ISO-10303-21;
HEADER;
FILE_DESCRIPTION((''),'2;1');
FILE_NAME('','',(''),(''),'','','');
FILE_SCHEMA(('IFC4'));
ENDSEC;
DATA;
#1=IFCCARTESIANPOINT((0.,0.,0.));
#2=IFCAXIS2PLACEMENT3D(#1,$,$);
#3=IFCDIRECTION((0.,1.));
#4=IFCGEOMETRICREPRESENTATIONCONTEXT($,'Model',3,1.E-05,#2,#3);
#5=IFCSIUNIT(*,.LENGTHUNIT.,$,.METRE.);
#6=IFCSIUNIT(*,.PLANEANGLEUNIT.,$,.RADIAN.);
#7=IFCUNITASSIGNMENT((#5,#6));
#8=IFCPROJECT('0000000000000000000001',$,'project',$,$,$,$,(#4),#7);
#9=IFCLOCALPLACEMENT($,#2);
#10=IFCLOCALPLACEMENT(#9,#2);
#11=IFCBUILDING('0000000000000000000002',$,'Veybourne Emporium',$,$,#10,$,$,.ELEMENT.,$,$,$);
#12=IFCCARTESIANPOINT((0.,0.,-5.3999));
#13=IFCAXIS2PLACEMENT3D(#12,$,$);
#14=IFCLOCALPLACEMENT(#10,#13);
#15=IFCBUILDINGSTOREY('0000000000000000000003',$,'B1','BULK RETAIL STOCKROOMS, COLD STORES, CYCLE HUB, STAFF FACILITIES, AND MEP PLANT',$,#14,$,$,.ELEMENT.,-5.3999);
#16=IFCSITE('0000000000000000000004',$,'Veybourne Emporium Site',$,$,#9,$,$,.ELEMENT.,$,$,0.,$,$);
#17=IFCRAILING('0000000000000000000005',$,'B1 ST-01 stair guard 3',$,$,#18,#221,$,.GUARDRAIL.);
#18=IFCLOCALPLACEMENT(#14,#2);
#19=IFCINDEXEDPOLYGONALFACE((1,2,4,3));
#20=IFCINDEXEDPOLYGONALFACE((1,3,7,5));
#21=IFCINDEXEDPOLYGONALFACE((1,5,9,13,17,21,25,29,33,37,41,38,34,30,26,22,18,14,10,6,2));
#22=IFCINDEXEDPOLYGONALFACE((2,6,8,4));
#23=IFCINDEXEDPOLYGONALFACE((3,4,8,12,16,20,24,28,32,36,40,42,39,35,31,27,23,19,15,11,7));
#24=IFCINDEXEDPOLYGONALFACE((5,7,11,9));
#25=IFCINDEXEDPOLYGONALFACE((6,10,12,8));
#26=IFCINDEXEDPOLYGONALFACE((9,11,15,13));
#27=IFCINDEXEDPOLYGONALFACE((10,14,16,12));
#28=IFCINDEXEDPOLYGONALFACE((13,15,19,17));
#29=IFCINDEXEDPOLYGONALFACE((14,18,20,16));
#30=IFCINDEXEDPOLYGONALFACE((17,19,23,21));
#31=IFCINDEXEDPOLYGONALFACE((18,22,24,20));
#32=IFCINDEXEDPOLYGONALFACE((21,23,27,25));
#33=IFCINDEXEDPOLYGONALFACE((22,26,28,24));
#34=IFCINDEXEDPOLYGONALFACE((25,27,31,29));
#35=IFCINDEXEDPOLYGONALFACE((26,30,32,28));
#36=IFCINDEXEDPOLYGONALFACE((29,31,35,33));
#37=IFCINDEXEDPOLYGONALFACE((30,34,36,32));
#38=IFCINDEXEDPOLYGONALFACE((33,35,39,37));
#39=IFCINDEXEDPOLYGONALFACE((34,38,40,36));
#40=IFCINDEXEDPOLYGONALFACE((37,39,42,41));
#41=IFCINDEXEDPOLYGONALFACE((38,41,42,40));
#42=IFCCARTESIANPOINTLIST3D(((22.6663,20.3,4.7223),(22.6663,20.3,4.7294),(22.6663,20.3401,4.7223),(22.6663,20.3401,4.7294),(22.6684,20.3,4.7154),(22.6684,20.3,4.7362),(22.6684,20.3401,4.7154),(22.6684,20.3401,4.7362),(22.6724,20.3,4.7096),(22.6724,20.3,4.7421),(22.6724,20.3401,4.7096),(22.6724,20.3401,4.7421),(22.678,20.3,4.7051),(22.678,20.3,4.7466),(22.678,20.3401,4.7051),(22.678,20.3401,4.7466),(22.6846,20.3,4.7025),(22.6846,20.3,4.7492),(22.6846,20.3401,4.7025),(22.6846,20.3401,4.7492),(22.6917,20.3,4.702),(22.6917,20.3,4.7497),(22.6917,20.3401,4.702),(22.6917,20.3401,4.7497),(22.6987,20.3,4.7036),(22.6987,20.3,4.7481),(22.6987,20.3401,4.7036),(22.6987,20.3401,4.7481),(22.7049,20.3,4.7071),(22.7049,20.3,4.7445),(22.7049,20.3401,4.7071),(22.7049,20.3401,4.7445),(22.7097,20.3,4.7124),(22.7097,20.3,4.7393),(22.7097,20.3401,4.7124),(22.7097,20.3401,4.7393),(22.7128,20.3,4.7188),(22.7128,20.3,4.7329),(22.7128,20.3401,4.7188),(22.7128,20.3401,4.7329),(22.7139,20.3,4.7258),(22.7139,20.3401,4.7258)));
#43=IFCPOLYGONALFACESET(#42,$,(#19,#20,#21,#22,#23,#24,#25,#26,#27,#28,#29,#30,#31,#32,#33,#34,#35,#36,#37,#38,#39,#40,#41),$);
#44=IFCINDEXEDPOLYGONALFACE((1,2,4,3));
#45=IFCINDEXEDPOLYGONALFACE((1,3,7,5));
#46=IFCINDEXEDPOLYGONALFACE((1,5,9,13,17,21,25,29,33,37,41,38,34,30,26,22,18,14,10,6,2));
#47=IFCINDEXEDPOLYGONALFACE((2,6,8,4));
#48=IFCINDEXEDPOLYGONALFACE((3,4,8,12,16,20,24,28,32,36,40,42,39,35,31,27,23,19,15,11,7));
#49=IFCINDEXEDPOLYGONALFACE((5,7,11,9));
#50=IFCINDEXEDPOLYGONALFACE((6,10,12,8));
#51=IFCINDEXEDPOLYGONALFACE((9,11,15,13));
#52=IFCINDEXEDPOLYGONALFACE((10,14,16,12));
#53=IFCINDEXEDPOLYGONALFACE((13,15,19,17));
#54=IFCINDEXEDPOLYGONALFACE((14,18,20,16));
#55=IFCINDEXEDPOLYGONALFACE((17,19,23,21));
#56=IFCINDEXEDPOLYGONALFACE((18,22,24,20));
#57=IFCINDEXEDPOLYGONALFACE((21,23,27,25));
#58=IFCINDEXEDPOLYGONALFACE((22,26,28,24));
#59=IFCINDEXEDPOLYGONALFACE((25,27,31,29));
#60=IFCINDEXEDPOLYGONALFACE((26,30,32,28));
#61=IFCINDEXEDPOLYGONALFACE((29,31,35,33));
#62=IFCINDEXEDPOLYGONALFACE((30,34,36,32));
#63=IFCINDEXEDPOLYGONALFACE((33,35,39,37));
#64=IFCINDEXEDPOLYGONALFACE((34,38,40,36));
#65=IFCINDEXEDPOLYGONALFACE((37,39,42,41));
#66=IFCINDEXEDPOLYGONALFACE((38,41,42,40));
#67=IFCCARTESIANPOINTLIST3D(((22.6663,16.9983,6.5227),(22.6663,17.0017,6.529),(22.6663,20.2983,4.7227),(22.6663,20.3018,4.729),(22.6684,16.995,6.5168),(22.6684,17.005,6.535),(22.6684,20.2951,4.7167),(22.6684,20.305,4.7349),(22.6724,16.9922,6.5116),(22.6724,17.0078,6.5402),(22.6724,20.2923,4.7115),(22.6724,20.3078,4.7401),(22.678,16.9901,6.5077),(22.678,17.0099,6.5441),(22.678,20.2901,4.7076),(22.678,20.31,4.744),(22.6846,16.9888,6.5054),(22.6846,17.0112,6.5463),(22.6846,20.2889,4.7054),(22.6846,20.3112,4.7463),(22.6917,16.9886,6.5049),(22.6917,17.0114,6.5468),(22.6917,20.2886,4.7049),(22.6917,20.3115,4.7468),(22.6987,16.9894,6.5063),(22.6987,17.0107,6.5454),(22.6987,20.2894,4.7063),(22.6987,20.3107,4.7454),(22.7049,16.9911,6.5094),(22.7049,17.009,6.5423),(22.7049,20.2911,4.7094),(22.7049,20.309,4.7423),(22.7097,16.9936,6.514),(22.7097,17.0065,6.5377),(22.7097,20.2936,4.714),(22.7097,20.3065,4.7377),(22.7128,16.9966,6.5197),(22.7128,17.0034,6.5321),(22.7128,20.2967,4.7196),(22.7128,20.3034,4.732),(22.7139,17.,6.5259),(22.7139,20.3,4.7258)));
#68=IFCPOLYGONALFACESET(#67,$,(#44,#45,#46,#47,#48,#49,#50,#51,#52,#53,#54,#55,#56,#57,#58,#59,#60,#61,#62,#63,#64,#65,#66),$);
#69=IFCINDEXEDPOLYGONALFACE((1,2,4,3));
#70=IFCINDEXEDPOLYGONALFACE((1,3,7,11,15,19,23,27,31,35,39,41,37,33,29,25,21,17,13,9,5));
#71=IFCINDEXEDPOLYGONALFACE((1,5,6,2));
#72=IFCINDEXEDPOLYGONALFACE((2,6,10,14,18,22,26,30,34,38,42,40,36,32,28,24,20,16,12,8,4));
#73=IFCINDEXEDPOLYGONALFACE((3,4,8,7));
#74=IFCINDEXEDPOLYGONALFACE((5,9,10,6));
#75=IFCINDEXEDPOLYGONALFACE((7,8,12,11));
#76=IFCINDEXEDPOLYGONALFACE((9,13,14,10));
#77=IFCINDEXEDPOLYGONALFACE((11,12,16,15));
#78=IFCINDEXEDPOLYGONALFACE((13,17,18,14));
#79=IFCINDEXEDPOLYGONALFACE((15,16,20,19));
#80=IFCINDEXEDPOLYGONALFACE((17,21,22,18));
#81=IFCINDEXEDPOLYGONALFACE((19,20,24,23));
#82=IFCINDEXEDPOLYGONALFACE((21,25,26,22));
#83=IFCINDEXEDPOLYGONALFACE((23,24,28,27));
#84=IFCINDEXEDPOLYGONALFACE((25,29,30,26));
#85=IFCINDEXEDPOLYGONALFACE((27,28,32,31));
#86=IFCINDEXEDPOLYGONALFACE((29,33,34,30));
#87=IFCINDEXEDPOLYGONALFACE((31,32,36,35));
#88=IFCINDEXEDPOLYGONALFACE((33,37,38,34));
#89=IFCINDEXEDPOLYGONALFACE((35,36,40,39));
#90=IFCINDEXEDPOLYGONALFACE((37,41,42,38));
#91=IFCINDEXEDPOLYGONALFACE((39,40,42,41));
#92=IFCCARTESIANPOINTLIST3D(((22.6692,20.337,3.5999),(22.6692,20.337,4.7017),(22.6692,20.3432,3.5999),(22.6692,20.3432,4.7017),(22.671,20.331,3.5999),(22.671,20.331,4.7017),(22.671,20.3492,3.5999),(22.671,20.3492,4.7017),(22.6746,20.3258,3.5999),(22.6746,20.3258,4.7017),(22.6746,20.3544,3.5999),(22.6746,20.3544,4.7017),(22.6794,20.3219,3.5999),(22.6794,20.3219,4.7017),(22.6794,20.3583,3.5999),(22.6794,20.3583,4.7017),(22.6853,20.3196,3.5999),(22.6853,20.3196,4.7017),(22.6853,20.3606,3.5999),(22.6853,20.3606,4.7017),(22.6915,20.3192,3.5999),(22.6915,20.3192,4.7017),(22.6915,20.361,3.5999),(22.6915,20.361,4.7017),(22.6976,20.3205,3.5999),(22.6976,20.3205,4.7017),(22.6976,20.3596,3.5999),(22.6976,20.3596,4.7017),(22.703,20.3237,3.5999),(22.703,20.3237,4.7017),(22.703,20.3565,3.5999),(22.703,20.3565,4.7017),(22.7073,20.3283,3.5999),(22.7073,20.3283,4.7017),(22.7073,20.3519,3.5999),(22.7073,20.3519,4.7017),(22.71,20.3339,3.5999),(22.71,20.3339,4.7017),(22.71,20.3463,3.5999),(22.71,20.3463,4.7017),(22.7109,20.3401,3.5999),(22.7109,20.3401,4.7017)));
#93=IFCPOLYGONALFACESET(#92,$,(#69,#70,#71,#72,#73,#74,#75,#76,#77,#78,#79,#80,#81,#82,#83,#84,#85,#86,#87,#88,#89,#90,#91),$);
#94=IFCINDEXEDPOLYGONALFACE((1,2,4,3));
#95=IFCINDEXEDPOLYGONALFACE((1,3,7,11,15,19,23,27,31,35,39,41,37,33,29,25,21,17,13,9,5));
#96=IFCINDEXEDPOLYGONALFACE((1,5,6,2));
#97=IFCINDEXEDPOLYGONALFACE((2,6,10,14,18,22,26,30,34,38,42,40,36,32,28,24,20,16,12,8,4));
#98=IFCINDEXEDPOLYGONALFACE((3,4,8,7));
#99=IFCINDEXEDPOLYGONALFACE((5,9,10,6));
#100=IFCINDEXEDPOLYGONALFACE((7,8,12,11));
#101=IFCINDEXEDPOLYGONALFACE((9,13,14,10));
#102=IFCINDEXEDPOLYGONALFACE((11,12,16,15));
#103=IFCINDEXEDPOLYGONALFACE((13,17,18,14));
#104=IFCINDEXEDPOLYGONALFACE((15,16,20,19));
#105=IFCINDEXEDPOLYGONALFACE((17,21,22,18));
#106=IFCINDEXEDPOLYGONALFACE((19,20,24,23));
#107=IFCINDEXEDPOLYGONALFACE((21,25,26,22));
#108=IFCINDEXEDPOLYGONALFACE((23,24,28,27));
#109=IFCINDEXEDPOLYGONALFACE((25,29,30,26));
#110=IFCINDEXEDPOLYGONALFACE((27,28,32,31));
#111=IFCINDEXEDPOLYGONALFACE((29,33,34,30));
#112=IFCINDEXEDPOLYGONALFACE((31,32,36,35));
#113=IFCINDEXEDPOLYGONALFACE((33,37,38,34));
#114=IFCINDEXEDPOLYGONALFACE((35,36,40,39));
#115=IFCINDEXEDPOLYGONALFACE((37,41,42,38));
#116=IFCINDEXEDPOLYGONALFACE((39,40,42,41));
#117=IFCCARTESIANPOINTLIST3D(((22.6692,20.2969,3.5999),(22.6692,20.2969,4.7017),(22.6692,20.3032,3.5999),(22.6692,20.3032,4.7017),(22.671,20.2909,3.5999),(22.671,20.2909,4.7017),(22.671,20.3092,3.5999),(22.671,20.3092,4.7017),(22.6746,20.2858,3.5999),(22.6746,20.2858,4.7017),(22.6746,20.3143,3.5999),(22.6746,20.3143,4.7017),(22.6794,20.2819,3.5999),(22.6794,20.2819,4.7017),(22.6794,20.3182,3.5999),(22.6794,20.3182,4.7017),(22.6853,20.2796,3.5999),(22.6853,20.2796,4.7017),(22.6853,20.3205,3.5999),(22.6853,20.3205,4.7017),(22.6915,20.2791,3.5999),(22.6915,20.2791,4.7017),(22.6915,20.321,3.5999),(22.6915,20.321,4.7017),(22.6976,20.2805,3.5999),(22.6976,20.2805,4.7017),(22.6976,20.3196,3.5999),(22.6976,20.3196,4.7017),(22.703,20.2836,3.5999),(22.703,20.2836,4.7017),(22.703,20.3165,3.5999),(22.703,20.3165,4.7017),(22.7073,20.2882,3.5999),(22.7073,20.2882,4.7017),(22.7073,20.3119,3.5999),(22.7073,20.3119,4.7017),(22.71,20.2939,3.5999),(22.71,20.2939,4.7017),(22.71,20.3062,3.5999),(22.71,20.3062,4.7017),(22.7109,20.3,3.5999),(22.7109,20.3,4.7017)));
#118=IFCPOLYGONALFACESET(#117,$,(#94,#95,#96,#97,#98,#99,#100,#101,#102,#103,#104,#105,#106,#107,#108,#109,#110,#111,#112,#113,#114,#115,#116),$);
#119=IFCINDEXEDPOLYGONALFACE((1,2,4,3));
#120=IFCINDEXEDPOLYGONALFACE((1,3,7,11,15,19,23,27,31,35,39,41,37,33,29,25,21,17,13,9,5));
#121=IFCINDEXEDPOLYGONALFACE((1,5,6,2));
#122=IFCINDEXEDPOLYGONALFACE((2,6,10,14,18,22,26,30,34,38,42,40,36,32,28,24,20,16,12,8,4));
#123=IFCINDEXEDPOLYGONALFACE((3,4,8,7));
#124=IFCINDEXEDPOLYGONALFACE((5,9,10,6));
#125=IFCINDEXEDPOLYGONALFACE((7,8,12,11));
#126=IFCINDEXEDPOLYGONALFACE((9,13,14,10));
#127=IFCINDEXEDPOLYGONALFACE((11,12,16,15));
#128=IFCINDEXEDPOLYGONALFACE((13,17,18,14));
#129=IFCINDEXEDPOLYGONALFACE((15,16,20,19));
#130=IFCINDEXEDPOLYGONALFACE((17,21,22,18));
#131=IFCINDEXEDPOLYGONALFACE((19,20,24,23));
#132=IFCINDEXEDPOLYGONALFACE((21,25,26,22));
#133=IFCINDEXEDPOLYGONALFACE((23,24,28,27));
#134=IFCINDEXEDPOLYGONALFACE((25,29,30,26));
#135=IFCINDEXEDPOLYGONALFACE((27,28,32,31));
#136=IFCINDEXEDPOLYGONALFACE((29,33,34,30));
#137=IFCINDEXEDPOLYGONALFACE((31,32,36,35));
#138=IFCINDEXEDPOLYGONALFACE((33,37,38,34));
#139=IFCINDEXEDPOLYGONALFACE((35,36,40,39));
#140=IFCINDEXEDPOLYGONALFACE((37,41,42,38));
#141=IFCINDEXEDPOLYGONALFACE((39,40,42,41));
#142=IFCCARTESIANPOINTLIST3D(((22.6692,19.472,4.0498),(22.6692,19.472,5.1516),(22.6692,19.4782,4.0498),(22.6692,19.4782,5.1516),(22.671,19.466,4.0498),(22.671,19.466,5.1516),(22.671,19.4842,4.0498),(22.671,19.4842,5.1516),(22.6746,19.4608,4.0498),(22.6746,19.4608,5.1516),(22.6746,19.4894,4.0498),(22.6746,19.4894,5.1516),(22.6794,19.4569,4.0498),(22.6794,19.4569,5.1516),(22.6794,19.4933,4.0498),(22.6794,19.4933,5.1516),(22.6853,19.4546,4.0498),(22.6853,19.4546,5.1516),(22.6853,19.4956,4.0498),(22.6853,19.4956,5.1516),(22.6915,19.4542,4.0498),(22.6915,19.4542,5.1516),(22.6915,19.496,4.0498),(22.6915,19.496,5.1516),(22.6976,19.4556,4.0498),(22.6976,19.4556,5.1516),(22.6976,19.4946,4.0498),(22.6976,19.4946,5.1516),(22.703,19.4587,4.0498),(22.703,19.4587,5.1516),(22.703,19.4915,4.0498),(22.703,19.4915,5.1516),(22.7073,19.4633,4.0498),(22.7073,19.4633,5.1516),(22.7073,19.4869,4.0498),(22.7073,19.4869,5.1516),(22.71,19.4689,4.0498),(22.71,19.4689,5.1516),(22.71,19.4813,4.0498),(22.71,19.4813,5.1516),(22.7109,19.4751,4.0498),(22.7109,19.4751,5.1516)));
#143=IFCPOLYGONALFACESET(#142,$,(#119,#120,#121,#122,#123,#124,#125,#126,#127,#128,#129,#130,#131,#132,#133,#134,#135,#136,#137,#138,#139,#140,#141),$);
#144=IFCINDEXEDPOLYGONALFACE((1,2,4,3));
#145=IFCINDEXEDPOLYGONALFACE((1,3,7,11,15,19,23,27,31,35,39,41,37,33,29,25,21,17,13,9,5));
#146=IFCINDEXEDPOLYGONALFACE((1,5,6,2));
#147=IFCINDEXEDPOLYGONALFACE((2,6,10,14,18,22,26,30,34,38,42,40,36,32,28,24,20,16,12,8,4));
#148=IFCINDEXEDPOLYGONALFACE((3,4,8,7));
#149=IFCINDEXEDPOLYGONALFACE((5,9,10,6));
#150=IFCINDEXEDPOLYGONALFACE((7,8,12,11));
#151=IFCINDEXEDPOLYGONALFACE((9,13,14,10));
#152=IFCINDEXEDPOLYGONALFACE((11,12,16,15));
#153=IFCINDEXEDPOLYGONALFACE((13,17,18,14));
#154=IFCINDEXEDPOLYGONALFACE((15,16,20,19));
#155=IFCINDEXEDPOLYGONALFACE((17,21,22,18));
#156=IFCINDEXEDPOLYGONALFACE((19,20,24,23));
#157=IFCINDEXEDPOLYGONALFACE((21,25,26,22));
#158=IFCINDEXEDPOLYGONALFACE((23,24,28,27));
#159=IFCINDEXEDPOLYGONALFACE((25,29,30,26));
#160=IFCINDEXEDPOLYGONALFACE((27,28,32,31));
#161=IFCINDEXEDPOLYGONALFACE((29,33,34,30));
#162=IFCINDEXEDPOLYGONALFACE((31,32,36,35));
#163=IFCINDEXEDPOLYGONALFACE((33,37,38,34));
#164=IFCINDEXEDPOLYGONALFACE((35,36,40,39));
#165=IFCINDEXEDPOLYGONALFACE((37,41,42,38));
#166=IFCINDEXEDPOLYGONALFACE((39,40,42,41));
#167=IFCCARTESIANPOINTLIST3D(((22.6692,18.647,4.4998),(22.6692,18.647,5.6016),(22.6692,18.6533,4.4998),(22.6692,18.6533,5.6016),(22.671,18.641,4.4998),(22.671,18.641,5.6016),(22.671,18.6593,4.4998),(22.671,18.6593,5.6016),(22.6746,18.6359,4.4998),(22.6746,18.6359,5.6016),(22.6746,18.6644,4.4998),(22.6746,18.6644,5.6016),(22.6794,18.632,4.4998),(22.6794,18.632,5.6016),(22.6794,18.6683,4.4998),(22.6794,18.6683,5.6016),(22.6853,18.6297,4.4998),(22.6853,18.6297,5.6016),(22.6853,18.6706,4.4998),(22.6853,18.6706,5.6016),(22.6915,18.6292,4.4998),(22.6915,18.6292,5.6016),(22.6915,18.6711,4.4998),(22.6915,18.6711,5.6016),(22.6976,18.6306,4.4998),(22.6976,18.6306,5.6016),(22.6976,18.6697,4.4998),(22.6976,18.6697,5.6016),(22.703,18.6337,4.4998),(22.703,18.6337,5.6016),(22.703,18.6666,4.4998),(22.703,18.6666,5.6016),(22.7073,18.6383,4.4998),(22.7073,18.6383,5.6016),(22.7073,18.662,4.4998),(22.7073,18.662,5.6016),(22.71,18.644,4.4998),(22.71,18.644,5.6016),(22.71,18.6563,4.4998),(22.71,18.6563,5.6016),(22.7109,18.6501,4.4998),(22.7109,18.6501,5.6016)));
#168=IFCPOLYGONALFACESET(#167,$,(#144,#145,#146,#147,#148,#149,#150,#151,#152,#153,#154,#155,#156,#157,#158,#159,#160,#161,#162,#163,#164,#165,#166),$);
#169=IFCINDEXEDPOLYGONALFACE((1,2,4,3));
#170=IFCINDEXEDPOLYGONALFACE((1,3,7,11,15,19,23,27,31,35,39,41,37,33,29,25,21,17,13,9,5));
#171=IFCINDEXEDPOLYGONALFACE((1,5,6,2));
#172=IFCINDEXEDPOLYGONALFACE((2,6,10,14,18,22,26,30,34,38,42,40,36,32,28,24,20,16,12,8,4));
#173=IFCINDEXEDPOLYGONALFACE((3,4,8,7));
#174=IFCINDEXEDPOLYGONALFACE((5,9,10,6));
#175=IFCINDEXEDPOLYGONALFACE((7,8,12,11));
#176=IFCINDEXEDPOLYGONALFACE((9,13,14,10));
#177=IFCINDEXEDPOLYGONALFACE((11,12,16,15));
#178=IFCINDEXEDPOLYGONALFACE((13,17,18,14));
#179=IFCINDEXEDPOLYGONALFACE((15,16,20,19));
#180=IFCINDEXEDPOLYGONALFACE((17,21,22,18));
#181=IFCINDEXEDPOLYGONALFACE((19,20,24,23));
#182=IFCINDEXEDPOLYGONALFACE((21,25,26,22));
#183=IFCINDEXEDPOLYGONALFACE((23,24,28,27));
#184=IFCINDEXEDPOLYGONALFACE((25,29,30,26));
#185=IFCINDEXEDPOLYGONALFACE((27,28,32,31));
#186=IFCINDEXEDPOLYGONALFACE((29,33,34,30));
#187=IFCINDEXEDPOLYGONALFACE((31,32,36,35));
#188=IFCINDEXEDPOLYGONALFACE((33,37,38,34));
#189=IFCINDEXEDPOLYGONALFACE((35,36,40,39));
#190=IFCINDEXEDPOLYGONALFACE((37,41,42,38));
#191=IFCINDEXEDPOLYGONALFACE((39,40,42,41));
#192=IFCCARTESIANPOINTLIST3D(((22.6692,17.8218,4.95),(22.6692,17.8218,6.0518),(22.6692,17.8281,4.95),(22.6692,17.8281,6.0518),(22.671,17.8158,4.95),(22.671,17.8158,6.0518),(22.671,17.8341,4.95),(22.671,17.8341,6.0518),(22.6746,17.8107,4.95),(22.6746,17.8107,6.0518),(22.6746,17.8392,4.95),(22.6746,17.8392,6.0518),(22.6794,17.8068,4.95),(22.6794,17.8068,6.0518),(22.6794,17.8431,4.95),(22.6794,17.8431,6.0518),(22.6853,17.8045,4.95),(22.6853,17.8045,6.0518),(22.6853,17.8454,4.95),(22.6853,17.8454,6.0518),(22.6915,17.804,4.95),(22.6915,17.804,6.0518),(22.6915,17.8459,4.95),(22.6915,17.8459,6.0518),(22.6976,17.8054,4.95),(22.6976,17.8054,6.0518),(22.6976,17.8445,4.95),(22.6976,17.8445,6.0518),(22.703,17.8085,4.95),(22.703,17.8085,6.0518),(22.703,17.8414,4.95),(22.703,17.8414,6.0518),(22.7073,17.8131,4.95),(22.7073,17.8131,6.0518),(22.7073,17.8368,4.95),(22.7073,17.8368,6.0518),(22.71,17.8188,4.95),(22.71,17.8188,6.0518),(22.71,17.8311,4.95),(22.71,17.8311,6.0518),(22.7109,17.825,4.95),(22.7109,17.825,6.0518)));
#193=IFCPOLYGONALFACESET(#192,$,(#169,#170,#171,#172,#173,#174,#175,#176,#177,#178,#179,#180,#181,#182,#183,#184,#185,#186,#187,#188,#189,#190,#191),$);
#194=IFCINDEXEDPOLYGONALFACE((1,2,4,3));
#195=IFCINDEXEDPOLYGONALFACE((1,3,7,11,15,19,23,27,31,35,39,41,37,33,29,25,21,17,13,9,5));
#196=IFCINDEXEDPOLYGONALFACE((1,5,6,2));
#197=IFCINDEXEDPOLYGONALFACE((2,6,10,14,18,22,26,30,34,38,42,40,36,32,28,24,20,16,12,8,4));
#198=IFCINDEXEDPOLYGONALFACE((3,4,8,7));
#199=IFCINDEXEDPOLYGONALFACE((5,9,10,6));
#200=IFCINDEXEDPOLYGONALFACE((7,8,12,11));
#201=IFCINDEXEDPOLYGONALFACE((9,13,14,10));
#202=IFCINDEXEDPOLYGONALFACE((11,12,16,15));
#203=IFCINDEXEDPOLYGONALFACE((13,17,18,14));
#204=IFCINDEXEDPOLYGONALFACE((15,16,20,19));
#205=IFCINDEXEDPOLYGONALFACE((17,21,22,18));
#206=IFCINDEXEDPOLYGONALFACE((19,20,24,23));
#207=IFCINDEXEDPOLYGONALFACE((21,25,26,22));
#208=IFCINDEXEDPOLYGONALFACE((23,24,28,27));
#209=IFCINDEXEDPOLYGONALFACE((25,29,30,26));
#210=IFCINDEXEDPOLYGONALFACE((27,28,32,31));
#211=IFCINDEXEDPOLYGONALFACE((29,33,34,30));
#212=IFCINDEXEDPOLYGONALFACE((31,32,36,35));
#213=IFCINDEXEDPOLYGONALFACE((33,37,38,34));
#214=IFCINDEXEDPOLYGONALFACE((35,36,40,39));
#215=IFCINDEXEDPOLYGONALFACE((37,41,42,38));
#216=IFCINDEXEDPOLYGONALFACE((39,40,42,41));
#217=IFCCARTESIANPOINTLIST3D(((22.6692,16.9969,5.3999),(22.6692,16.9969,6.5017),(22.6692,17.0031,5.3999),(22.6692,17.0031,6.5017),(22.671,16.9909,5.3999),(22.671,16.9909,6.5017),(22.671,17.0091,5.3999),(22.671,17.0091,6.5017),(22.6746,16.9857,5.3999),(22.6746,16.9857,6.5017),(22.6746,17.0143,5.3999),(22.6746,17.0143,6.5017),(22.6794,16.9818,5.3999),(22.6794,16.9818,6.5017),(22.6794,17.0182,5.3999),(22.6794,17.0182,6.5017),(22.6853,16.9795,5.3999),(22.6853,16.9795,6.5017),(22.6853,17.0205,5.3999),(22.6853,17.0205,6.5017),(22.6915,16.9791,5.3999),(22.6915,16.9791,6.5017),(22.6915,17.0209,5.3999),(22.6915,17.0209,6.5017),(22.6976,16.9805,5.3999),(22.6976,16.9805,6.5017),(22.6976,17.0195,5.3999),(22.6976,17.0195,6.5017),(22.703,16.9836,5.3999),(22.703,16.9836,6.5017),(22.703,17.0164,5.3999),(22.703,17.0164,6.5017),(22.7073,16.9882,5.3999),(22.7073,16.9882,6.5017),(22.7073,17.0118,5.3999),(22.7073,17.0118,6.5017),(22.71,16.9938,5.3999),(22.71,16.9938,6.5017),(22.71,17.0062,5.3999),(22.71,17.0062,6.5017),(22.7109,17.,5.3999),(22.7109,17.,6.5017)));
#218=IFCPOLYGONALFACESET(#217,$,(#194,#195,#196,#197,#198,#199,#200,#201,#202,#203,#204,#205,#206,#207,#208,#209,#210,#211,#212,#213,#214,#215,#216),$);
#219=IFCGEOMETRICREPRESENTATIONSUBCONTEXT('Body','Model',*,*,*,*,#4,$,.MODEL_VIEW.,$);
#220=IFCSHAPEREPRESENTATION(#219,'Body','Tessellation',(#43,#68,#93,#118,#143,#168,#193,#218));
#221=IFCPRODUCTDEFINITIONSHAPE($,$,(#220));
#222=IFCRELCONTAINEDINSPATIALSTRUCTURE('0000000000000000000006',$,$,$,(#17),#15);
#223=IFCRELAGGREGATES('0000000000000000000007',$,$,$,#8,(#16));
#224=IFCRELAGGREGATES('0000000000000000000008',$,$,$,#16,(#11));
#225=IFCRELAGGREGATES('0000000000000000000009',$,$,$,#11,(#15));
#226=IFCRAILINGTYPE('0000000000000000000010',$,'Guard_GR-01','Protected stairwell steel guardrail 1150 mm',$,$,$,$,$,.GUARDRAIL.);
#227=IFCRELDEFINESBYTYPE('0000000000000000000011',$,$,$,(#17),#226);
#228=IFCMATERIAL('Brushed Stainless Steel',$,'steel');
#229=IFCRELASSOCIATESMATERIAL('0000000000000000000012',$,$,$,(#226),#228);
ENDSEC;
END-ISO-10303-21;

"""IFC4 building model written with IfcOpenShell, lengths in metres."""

from ifc_helpers import new_model, si_unit, direction, frame, origin, origin_2d, place, context, subcontext, project, spatial, circle, extrude, material, type_object, element, save


model = new_model("IFC4")

# Units and contexts
model_context = context("Model", 3, precision=1e-05, world=origin(), true_north=direction((0.0, 1.0)))
body_context = subcontext(model_context, "Body", "Model", "MODEL_VIEW")
ifc_project = project(units=[si_unit("LENGTHUNIT", "METRE"), si_unit("PLANEANGLEUNIT", "RADIAN")], contexts=[model_context])

# Site, building, storey
site_placement = place(None, origin())
site = spatial("IfcSite", under=ifc_project, at=site_placement, Name="Veybourne Emporium Site", CompositionType="ELEMENT", RefElevation=0.0)
building_placement = place(site_placement, origin())
building = spatial("IfcBuilding", under=site, at=building_placement, Name="Veybourne Emporium", CompositionType="ELEMENT")
storey_placement = place(building_placement, frame((0.0, 0.0, -5.3999)))
storey = spatial("IfcBuildingStorey", under=building, at=storey_placement, Name="B1", Description="BULK RETAIL STOCKROOMS, COLD STORES, CYCLE HUB, STAFF FACILITIES, AND MEP PLANT", CompositionType="ELEMENT", Elevation=-5.3999)

# Railing
ifc_material_1 = material(Name="Brushed Stainless Steel", Category="steel")
railing_type_1 = type_object("IfcRailingType", Name="Guard_GR-01", Description="Protected stairwell steel guardrail 1150 mm", PredefinedType="GUARDRAIL", material=ifc_material_1)
railing_1_placement = place(storey_placement, frame((22.6899, 20.3401, 3.5999)))
element("IfcRailing", 1, at=railing_1_placement, inside=storey, type_object=railing_type_1, Name="B1 ST-01 stair guard 3", PredefinedType="GUARDRAIL", context=body_context, shape_type="SweptSolid", body=[
    extrude(circle(Radius=0.0239, at=origin_2d()), frame((0.0, 0.0, 1.126), z_axis=(0.0, -1.0, 0.0), x_axis=(1.0, 0.0, 0.0)), (0.0, 0.0, 1.0), 0.04),
    extrude(circle(Radius=0.0239, at=origin_2d()), frame((0.0, -0.04, 1.126), z_axis=(0.0, -0.877893, 0.478857), x_axis=(1.0, 0.0, 0.0)), (0.0, 0.0, 1.0), 3.759),
    extrude(circle(Radius=0.021, at=origin_2d()), origin(), (0.0, 0.0, 1.0), 1.1018),
    extrude(circle(Radius=0.021, at=origin_2d()), frame((0.0, -0.04, 0.0)), (0.0, 0.0, 1.0), 1.1018),
    extrude(circle(Radius=0.021, at=origin_2d()), frame((0.0, -0.865, 0.45)), (0.0, 0.0, 1.0), 1.1018),
    extrude(circle(Radius=0.021, at=origin_2d()), frame((0.0, -1.6899, 0.8999)), (0.0, 0.0, 1.0), 1.1018),
    extrude(circle(Radius=0.021, at=origin_2d()), frame((0.0, -2.5151, 1.3501)), (0.0, 0.0, 1.0), 1.1018),
    extrude(circle(Radius=0.021, at=origin_2d()), frame((0.0, -3.3401, 1.8)), (0.0, 0.0, 1.0), 1.1018),
])

save(model, "model.ifc")
